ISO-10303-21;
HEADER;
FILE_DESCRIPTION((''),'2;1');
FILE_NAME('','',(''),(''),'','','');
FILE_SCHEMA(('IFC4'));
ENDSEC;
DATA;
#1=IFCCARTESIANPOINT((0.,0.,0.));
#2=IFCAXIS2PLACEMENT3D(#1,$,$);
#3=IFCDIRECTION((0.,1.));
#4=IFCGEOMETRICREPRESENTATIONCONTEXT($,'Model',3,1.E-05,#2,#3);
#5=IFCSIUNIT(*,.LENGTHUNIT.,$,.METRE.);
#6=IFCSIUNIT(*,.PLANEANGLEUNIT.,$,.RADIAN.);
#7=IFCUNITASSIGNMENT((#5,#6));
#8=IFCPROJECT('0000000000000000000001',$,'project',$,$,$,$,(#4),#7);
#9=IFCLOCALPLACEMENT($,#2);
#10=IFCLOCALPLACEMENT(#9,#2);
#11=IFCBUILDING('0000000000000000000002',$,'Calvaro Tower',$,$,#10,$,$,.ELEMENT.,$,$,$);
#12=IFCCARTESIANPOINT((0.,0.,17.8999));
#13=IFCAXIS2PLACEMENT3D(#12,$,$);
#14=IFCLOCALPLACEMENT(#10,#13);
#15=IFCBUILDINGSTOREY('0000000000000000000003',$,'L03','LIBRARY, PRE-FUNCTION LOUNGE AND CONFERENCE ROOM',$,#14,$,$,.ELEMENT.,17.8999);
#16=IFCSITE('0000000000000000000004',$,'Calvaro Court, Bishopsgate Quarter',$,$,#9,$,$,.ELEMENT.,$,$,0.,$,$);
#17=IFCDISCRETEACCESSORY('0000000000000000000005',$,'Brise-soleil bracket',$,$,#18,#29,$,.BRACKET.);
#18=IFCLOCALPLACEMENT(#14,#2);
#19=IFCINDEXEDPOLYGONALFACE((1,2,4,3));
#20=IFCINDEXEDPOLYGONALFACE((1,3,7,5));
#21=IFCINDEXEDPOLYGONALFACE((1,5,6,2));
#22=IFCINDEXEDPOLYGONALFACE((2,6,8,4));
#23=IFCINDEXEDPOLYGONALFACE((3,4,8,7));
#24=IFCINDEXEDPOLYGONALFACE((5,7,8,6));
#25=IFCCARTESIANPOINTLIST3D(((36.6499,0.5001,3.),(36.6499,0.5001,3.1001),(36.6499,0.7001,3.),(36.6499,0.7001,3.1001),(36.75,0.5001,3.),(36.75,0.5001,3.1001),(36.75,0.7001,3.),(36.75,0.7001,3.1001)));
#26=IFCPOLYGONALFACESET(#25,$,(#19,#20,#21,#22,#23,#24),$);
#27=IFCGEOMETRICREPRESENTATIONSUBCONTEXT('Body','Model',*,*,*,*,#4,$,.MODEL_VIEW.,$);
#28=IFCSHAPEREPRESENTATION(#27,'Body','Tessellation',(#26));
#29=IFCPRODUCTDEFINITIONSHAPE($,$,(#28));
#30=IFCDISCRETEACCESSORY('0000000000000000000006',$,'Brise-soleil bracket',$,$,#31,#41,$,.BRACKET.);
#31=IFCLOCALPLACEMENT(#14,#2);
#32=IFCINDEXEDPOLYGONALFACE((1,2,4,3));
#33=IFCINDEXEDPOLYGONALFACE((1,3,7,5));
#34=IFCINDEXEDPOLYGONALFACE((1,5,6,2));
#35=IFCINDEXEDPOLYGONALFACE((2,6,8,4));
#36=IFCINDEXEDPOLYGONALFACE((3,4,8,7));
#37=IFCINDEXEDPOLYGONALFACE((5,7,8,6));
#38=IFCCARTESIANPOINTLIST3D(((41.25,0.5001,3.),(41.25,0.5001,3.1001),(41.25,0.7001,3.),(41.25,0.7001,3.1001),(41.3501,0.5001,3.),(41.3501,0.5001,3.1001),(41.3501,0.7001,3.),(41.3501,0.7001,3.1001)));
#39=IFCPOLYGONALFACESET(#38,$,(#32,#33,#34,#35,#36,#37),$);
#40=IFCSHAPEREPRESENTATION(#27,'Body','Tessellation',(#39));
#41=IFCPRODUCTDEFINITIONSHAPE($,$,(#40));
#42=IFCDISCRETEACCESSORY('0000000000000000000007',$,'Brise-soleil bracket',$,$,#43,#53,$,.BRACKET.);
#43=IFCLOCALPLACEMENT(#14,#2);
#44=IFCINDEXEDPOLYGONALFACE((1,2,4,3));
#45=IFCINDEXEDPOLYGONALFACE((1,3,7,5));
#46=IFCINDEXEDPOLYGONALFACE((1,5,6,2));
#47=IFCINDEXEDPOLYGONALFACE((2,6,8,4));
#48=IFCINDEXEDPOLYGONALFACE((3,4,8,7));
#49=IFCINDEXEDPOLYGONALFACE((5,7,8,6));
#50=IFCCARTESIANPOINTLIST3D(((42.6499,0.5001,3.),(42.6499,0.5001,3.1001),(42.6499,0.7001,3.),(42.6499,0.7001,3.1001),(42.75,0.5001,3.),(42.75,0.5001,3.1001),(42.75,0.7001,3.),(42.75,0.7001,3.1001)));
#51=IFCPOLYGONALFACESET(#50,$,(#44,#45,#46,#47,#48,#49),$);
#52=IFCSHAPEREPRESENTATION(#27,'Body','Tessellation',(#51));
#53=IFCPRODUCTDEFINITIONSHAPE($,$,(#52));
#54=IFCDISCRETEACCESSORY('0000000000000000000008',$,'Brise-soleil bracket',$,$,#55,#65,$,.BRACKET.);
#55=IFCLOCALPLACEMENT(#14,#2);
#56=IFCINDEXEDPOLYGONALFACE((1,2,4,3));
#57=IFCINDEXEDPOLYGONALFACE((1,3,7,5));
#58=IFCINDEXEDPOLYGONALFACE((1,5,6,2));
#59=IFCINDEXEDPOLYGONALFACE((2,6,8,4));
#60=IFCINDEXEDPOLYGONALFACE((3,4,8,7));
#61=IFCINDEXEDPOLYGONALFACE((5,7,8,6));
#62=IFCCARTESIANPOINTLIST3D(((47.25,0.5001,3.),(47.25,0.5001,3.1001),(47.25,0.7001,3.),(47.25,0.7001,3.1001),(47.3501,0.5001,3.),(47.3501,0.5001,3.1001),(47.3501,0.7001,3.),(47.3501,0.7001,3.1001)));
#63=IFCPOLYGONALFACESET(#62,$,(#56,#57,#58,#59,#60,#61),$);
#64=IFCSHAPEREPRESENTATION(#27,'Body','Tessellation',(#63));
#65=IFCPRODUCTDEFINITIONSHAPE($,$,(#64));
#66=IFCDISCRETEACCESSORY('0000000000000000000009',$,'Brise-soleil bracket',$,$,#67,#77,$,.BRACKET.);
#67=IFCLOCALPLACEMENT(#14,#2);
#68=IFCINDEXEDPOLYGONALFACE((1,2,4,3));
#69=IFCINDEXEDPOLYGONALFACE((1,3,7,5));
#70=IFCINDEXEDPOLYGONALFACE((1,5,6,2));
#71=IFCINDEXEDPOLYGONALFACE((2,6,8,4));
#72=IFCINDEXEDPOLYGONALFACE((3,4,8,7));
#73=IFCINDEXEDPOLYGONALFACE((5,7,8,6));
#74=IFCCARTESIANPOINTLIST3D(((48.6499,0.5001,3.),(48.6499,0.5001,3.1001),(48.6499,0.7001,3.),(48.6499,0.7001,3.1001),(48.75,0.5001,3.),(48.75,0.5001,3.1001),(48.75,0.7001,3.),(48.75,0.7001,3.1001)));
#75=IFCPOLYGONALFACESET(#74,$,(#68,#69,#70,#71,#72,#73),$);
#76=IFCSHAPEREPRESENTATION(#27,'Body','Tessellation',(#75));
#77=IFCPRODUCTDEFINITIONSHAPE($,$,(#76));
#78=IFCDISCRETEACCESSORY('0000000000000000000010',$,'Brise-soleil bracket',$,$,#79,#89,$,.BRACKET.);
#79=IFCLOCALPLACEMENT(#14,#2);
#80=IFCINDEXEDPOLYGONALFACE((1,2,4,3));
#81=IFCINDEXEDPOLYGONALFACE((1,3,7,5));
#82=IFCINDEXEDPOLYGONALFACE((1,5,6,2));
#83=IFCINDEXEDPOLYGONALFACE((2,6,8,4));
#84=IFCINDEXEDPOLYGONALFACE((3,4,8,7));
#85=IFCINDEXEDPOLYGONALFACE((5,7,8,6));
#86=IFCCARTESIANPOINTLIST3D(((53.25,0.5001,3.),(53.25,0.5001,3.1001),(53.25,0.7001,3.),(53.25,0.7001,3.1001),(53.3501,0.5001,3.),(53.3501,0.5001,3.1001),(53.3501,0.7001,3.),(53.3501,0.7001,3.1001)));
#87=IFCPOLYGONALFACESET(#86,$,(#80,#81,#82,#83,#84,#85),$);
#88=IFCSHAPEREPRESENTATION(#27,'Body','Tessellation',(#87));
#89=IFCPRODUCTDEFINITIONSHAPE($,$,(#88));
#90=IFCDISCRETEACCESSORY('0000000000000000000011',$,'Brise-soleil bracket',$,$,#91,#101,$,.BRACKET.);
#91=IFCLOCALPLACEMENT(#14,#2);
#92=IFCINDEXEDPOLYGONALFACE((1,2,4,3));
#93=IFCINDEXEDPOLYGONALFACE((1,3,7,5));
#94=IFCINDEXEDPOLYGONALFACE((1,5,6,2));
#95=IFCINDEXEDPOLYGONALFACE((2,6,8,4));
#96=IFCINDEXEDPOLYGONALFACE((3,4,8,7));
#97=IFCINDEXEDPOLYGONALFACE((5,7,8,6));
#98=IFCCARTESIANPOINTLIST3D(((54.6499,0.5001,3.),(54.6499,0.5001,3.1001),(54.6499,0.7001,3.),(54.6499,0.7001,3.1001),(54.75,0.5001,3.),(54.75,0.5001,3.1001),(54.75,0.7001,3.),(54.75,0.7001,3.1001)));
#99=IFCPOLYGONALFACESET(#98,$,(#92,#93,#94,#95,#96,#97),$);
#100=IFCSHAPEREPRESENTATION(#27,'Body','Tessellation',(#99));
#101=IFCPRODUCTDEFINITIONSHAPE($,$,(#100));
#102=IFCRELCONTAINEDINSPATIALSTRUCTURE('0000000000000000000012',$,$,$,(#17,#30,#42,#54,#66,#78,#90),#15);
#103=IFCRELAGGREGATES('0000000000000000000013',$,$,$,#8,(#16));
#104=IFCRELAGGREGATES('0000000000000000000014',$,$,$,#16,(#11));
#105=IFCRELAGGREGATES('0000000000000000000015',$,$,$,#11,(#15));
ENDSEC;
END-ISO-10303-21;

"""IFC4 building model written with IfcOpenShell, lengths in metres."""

from ifc_helpers import new_model, si_unit, direction, frame, origin, origin_2d, place, context, subcontext, project, spatial, rectangle, extrude, element, save


model = new_model("IFC4")

# Units and contexts
model_context = context("Model", 3, precision=1e-05, world=origin(), true_north=direction((0.0, 1.0)))
body_context = subcontext(model_context, "Body", "Model", "MODEL_VIEW")
ifc_project = project(units=[si_unit("LENGTHUNIT", "METRE"), si_unit("PLANEANGLEUNIT", "RADIAN")], contexts=[model_context])

# Site, building, storey
site_placement = place(None, origin())
site = spatial("IfcSite", under=ifc_project, at=site_placement, Name="Calvaro Court, Bishopsgate Quarter", CompositionType="ELEMENT", RefElevation=0.0)
building_placement = place(site_placement, origin())
building = spatial("IfcBuilding", under=site, at=building_placement, Name="Calvaro Tower", CompositionType="ELEMENT")
storey_placement = place(building_placement, frame((0.0, 0.0, 17.8999)))
storey = spatial("IfcBuildingStorey", under=building, at=storey_placement, Name="L03", Description="LIBRARY, PRE-FUNCTION LOUNGE AND CONFERENCE ROOM", CompositionType="ELEMENT", Elevation=17.8999)

# Discrete accessories
for number, where, z_axis, x_axis, name in (
    (1, (36.7, 0.6001, 3.0), (0.0, 0.0, 1.0), (1.0, 0.0, 0.0), "Brise-soleil bracket"),
    (2, (41.3, 0.6001, 3.0), (0.0, 0.0, 1.0), (1.0, 0.0, 0.0), "Brise-soleil bracket"),
    (3, (42.7, 0.6001, 3.0), (0.0, 0.0, 1.0), (1.0, 0.0, 0.0), "Brise-soleil bracket"),
    (4, (47.3, 0.6001, 3.0), (0.0, 0.0, 1.0), (1.0, 0.0, 0.0), "Brise-soleil bracket"),
    (5, (48.7, 0.6001, 3.0), (0.0, 0.0, 1.0), (1.0, 0.0, 0.0), "Brise-soleil bracket"),
    (6, (53.3, 0.6001, 3.0), (0.0, 0.0, 1.0), (1.0, 0.0, 0.0), "Brise-soleil bracket"),
    (7, (54.7, 0.6001, 3.0), (0.0, 0.0, 1.0), (1.0, 0.0, 0.0), "Brise-soleil bracket"),
):
    element("IfcDiscreteAccessory", number, at=place(storey_placement, frame(where, z_axis=z_axis, x_axis=x_axis)), inside=storey, Name=name, PredefinedType="BRACKET", context=body_context, shape_type="SweptSolid", body=[
        extrude(rectangle(XDim=0.1001, YDim=0.2, at=origin_2d()), origin(), (0.0, 0.0, 1.0), 0.1001),
    ])

save(model, "model.ifc")
